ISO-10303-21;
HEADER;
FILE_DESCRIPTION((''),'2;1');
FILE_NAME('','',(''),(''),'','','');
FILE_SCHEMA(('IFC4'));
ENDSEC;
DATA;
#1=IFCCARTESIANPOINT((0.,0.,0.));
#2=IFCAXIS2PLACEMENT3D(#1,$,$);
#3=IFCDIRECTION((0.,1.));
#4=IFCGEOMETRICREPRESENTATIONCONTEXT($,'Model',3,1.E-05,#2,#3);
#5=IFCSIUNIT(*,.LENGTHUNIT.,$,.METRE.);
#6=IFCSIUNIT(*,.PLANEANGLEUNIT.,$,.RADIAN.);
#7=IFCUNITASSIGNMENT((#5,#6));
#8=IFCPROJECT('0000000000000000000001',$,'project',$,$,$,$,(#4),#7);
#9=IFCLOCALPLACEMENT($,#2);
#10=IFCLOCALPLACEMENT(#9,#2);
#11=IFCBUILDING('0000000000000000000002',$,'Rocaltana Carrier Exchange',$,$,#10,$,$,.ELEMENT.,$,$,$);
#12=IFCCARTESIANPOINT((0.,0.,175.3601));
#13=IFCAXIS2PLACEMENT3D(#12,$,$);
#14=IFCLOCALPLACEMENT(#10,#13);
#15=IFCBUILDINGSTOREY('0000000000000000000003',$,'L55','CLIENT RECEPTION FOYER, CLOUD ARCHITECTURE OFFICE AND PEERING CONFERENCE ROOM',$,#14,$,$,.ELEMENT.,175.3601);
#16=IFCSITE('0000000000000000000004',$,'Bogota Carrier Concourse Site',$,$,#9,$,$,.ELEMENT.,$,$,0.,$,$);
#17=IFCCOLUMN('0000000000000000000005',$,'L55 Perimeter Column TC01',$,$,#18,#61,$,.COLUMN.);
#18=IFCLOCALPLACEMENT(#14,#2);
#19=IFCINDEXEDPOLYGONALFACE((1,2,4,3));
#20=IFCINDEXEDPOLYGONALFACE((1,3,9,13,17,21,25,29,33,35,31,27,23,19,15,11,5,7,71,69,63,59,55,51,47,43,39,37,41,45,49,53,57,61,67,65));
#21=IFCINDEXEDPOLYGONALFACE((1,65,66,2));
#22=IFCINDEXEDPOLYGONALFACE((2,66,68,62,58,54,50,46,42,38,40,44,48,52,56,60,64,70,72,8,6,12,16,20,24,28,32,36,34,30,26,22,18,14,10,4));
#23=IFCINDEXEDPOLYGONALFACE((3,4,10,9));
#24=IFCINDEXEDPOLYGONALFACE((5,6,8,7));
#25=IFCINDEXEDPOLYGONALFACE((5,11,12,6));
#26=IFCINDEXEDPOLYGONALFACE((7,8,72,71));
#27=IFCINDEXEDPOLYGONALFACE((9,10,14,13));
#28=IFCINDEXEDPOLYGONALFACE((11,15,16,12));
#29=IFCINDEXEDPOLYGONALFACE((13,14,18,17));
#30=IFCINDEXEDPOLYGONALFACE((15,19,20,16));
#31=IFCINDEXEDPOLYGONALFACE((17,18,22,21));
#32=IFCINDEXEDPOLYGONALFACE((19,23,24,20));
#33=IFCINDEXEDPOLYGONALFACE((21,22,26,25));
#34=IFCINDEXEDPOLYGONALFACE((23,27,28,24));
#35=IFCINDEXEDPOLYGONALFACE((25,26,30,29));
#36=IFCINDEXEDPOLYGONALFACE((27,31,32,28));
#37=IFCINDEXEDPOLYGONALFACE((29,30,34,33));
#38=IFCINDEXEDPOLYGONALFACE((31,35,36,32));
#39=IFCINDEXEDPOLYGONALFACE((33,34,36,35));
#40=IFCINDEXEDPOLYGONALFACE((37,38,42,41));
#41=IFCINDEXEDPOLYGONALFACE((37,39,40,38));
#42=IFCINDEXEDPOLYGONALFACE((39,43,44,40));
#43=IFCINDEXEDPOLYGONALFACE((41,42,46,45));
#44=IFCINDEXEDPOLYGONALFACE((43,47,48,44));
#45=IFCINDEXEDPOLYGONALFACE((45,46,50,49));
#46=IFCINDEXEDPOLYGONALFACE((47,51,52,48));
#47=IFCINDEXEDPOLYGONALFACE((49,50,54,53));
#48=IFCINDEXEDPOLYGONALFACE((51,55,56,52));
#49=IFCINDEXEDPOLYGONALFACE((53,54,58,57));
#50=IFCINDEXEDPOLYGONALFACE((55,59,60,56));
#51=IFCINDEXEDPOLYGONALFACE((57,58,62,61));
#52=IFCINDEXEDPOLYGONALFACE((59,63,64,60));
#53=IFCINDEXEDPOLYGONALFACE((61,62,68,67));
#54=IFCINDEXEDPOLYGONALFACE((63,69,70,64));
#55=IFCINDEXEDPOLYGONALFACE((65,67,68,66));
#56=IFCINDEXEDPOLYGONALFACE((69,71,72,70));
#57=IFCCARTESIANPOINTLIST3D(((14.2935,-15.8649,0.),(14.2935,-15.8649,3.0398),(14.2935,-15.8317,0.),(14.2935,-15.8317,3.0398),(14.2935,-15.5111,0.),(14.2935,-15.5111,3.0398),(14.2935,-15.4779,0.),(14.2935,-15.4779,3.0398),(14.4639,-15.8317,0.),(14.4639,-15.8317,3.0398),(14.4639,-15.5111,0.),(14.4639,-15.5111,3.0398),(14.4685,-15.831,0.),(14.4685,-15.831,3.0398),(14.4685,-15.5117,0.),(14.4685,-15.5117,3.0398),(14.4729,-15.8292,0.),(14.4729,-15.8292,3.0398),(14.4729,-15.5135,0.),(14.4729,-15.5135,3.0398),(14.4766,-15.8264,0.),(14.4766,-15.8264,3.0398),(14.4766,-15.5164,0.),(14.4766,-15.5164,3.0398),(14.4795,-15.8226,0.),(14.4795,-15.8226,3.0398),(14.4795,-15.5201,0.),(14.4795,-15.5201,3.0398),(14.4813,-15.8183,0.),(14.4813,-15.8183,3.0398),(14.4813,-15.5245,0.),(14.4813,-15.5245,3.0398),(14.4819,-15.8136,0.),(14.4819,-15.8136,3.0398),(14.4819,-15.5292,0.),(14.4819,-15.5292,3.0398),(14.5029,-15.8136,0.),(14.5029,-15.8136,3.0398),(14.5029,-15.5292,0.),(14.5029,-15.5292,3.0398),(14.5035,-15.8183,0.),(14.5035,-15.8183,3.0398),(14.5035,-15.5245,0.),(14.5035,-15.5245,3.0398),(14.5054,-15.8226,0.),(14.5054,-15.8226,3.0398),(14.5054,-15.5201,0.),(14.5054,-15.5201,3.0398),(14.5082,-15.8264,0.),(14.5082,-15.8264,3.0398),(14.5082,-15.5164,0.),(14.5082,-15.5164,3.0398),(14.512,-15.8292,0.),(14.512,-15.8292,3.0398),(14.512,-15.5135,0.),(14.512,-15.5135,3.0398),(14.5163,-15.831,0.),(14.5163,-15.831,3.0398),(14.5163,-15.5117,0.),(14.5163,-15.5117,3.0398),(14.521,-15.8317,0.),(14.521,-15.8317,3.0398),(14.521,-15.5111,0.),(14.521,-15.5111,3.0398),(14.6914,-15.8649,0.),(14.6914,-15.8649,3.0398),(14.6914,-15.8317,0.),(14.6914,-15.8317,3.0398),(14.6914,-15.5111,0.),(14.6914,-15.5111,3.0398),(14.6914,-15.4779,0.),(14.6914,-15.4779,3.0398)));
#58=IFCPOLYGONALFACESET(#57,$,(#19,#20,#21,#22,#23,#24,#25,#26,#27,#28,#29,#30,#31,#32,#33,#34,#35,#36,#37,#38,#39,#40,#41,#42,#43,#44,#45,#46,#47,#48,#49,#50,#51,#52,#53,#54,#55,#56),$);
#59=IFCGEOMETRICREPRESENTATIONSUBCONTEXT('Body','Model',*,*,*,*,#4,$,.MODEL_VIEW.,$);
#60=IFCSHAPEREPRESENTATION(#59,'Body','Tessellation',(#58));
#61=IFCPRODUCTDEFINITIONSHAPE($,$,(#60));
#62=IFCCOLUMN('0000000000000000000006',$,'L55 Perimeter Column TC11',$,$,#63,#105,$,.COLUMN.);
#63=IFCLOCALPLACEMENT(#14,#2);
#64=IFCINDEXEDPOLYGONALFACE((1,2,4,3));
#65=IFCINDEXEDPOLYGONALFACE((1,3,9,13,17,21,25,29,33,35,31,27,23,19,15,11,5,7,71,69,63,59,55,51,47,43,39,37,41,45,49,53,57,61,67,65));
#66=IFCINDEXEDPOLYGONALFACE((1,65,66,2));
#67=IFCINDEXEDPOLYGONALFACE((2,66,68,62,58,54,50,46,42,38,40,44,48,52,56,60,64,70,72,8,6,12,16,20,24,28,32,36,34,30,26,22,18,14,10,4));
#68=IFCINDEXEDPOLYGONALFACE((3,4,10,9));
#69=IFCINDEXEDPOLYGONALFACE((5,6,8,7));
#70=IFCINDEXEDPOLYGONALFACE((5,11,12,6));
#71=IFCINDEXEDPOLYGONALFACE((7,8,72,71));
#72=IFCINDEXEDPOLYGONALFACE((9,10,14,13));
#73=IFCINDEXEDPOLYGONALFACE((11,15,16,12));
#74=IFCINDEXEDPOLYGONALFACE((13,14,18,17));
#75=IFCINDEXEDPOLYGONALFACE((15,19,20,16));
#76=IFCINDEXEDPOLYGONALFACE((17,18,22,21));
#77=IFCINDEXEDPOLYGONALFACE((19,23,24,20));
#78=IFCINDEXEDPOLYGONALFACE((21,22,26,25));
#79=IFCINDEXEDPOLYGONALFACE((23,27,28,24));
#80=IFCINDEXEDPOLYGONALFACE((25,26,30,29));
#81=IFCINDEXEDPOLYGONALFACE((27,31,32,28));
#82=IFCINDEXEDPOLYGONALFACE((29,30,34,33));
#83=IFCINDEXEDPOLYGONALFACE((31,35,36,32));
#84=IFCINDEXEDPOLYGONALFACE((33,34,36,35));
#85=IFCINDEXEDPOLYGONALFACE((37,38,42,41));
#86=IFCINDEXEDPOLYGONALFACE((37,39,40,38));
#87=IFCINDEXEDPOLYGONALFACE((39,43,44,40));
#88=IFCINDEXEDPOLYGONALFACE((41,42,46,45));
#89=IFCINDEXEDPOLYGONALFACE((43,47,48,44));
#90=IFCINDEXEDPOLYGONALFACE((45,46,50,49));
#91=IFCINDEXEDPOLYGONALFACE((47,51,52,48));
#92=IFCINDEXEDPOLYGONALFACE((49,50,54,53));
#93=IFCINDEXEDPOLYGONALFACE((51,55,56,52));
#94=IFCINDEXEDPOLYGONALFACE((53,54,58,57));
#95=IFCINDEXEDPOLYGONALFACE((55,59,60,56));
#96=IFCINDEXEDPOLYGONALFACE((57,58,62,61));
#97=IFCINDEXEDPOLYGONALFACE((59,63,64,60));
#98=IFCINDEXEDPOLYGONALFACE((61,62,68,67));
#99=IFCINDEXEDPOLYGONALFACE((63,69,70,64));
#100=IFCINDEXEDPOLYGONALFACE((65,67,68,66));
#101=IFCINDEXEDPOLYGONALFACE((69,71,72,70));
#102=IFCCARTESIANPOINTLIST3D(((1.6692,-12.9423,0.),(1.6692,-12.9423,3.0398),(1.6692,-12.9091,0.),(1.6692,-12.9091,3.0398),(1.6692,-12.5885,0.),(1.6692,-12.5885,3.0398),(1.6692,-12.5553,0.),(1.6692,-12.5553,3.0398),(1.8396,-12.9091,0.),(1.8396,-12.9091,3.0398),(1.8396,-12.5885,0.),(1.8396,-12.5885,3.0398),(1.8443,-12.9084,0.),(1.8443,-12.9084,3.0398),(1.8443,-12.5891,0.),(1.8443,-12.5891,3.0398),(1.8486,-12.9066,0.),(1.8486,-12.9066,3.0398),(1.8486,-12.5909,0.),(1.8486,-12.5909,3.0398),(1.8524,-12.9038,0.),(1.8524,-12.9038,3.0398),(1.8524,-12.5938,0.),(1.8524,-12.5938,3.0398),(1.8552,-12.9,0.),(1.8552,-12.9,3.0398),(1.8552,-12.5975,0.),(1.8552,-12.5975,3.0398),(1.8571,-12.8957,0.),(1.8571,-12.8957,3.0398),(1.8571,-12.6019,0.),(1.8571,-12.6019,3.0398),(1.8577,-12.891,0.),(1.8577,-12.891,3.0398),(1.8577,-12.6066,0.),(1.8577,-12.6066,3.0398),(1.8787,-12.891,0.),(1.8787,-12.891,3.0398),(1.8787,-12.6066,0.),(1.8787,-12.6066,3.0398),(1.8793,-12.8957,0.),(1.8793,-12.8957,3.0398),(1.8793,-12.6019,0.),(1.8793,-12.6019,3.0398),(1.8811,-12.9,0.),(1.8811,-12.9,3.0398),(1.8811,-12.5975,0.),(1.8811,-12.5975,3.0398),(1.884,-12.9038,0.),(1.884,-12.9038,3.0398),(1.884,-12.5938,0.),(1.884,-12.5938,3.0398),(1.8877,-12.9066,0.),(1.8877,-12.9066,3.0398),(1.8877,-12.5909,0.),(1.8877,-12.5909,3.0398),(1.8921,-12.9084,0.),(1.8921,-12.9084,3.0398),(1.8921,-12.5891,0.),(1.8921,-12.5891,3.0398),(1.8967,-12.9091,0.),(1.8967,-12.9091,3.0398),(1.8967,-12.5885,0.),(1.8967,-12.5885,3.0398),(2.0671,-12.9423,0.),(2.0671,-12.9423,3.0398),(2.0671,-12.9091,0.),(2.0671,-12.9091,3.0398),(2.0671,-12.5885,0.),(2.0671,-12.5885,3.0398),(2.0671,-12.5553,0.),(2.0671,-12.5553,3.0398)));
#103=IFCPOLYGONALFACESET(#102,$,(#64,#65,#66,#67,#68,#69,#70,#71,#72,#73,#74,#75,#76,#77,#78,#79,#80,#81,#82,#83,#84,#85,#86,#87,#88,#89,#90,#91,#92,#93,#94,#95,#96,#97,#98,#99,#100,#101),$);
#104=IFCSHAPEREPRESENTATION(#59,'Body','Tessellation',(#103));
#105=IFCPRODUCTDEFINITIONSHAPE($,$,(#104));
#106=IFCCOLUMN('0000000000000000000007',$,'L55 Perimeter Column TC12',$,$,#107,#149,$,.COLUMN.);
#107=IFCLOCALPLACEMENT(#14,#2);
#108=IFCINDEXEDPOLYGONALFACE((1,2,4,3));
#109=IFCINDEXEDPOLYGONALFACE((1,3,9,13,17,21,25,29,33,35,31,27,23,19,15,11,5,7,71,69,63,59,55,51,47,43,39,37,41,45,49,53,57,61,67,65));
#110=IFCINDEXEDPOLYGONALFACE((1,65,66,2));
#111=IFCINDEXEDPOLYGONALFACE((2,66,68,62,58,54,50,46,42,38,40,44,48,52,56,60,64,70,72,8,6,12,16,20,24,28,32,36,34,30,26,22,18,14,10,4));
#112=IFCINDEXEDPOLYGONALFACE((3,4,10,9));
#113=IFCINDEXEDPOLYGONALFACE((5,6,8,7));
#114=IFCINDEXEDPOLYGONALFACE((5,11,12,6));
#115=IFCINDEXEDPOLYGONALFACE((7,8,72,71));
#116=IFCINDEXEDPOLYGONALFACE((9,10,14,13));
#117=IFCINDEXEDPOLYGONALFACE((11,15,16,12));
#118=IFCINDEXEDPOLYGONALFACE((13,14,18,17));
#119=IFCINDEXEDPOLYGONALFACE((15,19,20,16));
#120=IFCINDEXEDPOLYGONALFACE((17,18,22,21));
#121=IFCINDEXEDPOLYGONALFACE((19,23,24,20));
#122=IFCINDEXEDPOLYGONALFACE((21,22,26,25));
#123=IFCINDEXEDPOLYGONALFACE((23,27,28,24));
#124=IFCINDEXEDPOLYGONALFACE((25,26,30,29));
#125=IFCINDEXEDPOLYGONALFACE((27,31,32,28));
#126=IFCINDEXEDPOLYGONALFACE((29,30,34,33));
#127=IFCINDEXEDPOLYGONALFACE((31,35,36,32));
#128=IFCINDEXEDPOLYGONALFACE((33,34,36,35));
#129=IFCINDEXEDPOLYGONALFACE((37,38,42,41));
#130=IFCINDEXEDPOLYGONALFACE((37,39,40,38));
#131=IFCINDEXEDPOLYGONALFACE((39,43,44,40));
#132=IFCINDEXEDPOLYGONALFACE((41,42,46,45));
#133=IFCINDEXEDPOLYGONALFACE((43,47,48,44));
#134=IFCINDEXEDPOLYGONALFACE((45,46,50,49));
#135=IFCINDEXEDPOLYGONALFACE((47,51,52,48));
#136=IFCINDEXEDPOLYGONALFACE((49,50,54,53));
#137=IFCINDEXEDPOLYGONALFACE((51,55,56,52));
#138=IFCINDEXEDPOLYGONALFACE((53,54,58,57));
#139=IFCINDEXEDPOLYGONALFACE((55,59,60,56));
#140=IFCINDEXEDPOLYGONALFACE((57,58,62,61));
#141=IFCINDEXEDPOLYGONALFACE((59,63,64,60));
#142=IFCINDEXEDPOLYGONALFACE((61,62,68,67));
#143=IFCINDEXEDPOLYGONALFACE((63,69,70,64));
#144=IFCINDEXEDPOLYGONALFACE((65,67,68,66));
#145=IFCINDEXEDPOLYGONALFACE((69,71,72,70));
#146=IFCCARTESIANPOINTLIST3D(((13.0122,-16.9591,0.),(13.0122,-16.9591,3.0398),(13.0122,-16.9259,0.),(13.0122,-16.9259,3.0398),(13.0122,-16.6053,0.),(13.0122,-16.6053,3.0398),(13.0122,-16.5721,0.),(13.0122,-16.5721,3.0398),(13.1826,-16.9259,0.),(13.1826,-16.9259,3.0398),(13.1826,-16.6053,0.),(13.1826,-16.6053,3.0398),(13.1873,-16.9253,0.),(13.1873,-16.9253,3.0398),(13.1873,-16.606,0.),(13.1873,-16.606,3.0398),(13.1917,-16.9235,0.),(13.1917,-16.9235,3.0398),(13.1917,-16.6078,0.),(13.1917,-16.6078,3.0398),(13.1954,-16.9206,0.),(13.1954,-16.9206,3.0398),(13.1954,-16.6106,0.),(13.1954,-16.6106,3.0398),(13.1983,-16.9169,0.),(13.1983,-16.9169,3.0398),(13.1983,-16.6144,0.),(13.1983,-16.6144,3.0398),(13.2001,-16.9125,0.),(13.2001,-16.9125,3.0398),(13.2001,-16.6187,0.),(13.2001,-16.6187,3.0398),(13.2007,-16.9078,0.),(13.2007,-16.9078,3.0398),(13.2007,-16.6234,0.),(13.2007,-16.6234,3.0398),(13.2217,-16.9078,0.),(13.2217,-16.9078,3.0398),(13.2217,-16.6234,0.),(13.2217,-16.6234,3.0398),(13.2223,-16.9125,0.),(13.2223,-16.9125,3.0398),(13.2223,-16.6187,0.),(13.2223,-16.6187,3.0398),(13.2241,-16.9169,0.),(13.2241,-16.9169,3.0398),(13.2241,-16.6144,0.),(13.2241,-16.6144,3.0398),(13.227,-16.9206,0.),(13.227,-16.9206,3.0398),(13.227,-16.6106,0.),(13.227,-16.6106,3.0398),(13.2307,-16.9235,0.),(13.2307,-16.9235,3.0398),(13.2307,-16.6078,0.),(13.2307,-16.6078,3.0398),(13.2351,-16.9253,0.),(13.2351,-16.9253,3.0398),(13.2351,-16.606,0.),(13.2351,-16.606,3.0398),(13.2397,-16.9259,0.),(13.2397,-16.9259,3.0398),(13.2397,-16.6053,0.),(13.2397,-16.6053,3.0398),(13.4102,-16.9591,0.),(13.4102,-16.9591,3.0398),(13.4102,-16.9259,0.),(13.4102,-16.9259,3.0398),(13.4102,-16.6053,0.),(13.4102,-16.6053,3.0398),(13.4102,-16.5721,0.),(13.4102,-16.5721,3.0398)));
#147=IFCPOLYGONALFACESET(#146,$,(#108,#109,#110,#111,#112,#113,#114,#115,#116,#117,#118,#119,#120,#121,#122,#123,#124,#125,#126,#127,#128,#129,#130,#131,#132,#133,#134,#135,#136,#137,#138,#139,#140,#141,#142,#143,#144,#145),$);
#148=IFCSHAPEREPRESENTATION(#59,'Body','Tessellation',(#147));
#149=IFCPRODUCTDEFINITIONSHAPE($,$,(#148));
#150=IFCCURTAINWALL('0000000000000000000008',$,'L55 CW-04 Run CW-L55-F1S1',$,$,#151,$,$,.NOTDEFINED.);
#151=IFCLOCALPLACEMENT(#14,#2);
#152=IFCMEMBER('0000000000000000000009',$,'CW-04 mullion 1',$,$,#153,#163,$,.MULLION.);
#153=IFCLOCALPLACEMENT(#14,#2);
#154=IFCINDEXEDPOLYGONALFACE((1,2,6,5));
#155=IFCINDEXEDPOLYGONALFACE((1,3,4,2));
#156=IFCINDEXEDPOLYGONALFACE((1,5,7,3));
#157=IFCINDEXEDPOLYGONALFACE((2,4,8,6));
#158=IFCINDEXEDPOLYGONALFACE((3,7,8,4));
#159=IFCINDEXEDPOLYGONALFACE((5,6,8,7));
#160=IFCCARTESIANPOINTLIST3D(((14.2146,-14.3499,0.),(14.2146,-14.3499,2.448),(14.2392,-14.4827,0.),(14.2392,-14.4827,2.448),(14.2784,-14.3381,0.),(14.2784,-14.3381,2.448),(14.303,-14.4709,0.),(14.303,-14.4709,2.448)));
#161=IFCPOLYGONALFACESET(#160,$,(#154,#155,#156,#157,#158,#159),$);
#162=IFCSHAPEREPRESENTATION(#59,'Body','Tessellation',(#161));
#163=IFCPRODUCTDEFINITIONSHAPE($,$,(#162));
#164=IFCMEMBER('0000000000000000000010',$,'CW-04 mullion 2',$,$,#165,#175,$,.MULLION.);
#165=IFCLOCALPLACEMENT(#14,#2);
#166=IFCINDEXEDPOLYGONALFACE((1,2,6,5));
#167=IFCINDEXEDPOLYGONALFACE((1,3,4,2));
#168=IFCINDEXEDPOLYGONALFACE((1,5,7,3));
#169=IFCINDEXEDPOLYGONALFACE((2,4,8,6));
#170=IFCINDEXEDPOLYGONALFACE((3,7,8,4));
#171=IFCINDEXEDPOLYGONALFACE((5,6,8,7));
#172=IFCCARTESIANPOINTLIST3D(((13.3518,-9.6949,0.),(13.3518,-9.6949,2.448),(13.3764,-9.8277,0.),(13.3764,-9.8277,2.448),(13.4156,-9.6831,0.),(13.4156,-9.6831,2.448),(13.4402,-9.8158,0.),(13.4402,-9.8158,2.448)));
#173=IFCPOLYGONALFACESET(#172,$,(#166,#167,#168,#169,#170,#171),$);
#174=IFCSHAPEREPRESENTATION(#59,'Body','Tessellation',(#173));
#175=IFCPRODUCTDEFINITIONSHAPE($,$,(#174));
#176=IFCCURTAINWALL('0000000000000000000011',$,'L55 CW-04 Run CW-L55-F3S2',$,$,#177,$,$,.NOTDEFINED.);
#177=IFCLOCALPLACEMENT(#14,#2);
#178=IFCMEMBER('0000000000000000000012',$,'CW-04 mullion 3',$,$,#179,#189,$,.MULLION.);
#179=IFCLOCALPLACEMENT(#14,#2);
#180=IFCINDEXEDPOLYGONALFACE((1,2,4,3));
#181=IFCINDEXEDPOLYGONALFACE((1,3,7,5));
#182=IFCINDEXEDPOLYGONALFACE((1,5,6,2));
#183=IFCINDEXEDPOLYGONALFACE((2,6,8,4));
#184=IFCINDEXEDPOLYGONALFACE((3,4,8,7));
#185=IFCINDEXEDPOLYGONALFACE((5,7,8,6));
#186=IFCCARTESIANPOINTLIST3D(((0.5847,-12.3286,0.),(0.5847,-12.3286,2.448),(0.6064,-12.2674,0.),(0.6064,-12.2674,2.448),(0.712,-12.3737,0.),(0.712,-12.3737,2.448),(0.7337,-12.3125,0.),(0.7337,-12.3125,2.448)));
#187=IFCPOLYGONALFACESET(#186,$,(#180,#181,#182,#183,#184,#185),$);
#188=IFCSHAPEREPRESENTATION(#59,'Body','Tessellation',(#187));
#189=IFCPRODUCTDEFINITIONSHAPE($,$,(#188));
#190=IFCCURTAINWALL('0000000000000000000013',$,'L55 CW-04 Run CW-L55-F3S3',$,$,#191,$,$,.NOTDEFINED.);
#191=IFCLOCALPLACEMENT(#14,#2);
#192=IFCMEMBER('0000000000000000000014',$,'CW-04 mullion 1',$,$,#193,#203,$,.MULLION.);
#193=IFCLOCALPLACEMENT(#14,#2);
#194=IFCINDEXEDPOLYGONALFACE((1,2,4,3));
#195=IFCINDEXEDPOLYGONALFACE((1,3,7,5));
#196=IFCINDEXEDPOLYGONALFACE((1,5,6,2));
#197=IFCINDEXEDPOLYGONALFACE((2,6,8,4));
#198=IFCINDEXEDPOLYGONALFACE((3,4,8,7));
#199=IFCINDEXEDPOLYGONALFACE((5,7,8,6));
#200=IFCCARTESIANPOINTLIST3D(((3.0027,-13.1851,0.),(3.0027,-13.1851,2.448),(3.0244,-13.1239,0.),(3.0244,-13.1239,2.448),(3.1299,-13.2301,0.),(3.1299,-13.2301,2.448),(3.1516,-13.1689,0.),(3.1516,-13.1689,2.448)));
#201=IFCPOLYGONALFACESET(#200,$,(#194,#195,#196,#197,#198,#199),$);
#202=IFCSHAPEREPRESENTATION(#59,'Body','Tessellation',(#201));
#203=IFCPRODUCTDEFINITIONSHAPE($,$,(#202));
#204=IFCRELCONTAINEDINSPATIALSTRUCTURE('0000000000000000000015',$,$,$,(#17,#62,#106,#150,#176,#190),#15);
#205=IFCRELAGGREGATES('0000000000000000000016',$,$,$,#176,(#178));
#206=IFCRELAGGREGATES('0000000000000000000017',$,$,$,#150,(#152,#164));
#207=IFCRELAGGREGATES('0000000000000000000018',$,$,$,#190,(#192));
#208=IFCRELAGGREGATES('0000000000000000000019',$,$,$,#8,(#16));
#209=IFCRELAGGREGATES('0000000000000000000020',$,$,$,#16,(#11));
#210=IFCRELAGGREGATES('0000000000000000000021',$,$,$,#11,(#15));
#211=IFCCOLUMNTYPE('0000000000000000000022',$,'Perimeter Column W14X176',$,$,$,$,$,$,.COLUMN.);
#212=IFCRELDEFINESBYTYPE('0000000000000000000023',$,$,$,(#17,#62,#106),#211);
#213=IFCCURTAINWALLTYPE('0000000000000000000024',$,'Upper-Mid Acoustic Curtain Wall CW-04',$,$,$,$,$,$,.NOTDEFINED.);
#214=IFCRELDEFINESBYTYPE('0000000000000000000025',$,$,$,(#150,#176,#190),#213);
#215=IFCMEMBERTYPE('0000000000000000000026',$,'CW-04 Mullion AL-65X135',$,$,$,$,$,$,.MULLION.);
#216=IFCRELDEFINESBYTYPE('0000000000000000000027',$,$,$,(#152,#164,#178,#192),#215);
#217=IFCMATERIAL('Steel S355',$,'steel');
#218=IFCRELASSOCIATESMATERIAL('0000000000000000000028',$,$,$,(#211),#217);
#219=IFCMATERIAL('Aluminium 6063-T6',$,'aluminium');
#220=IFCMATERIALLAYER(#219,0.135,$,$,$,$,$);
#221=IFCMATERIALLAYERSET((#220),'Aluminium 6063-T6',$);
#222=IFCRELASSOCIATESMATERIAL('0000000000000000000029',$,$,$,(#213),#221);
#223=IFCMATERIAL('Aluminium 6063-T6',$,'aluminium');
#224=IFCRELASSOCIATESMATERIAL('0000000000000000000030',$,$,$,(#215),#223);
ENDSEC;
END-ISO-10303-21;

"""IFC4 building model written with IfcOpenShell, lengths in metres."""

from ifc_helpers import new_model, si_unit, direction, frame, origin, origin_2d, place, context, subcontext, project, spatial, rectangle, i_section, extrude, material, layer, layer_set, material_profile, profile_set, type_object, element, aggregate, save


model = new_model("IFC4")

# Units and contexts
model_context = context("Model", 3, precision=1e-05, world=origin(), true_north=direction((0.0, 1.0)))
body_context = subcontext(model_context, "Body", "Model", "MODEL_VIEW")
ifc_project = project(units=[si_unit("LENGTHUNIT", "METRE"), si_unit("PLANEANGLEUNIT", "RADIAN")], contexts=[model_context])

# Site, building, storey
site_placement = place(None, origin())
site = spatial("IfcSite", under=ifc_project, at=site_placement, Name="Bogota Carrier Concourse Site", CompositionType="ELEMENT", RefElevation=0.0)
building_placement = place(site_placement, origin())
building = spatial("IfcBuilding", under=site, at=building_placement, Name="Rocaltana Carrier Exchange", CompositionType="ELEMENT")
storey_placement = place(building_placement, frame((0.0, 0.0, 175.3601)))
storey = spatial("IfcBuildingStorey", under=building, at=storey_placement, Name="L55", Description="CLIENT RECEPTION FOYER, CLOUD ARCHITECTURE OFFICE AND PEERING CONFERENCE ROOM", CompositionType="ELEMENT", Elevation=175.3601)

# Columns
ifc_material_1 = material(Name="Steel S355", Category="steel")
ifc_material_profile_1 = material_profile(ifc_material_1, i_section(OverallWidth=0.3979, OverallDepth=0.387, WebThickness=0.021, FlangeThickness=0.0332, FilletRadius=0.0181, at=origin_2d()), Name="W14X176")
ifc_profile_set_1 = profile_set([ifc_material_profile_1], Name="Steel S355")
column_type = type_object("IfcColumnType", Name="Perimeter Column W14X176", PredefinedType="COLUMN", material=ifc_profile_set_1)
for number, where, z_axis, x_axis, name in (
    (1, (14.4924, -15.6714, 0.0), (0.0, 0.0, 1.0), (1.0, 0.0, 0.0), "L55 Perimeter Column TC01"),
    (2, (1.8682, -12.7488, 0.0), (0.0, 0.0, 1.0), (1.0, 0.0, 0.0), "L55 Perimeter Column TC11"),
    (3, (13.2112, -16.7656, 0.0), (0.0, 0.0, 1.0), (1.0, 0.0, 0.0), "L55 Perimeter Column TC12"),
):
    element("IfcColumn", number, at=place(storey_placement, frame(where, z_axis=z_axis, x_axis=x_axis)), inside=storey, type_object=column_type, Name=name, PredefinedType="COLUMN", context=body_context, shape_type="SweptSolid", body=[
        extrude(i_section(OverallWidth=0.3979, OverallDepth=0.387, WebThickness=0.021, FlangeThickness=0.0332, FilletRadius=0.0181, at=origin_2d()), origin(), (0.0, 0.0, 1.0), 3.0398),
    ])

# Curtain wall, members
ifc_material_2 = material(Name="Aluminium 6063-T6", Category="aluminium")
ifc_layer_1 = layer(ifc_material_2, 0.135)
ifc_layer_set_1 = layer_set([ifc_layer_1], Name="Aluminium 6063-T6")
curtain_wall_type = type_object("IfcCurtainWallType", Name="Upper-Mid Acoustic Curtain Wall CW-04", PredefinedType="NOTDEFINED", material=ifc_layer_set_1)
curtain_wall_1_placement = place(storey_placement, origin())
curtain_wall_1 = element("IfcCurtainWall", 4, at=curtain_wall_1_placement, inside=storey, type_object=curtain_wall_type, Name="L55 CW-04 Run CW-L55-F1S1", PredefinedType="NOTDEFINED")
ifc_material_3 = material(Name="Aluminium 6063-T6", Category="aluminium")
ifc_material_profile_2 = material_profile(ifc_material_3, rectangle(XDim=0.0649, YDim=0.135, at=origin_2d()), Name="AL-65X135")
ifc_profile_set_2 = profile_set([ifc_material_profile_2], Name="Aluminium 6063-T6")
member_type_1 = type_object("IfcMemberType", Name="CW-04 Mullion AL-65X135", PredefinedType="MULLION", material=ifc_profile_set_2)
member_1_placement = place(storey_placement, frame((14.2588, -14.4104, 0.0), z_axis=(0.0, 0.0, 1.0), x_axis=(-0.983255, -0.182234, 0.0)))
member_1 = element("IfcMember", 5, at=member_1_placement, type_object=member_type_1, Name="CW-04 mullion 1", PredefinedType="MULLION", context=body_context, shape_type="SweptSolid", body=[
    extrude(rectangle(XDim=0.0649, YDim=0.135, at=origin_2d()), origin(), (0.0, 0.0, 1.0), 2.448),
])
member_2_placement = place(storey_placement, frame((13.396, -9.7554, 0.0), z_axis=(0.0, 0.0, 1.0), x_axis=(-0.983255, -0.182234, 0.0)))
member_2 = element("IfcMember", 6, at=member_2_placement, type_object=member_type_1, Name="CW-04 mullion 2", PredefinedType="MULLION", context=body_context, shape_type="SweptSolid", body=[
    extrude(rectangle(XDim=0.0649, YDim=0.135, at=origin_2d()), origin(), (0.0, 0.0, 1.0), 2.448),
])

# Curtain wall, member
curtain_wall_2_placement = place(storey_placement, origin())
curtain_wall_2 = element("IfcCurtainWall", 7, at=curtain_wall_2_placement, inside=storey, type_object=curtain_wall_type, Name="L55 CW-04 Run CW-L55-F3S2", PredefinedType="NOTDEFINED")
member_3_placement = place(storey_placement, frame((0.6592, -12.3206, 0.0), z_axis=(0.0, 0.0, 1.0), x_axis=(0.333799, 0.942644, 0.0)))
member_3 = element("IfcMember", 8, at=member_3_placement, type_object=member_type_1, Name="CW-04 mullion 3", PredefinedType="MULLION", context=body_context, shape_type="SweptSolid", body=[
    extrude(rectangle(XDim=0.0649, YDim=0.135, at=origin_2d()), origin(), (0.0, 0.0, 1.0), 2.448),
])
aggregate(curtain_wall_2, [member_3])

# Curtain wall, member
curtain_wall_3_placement = place(storey_placement, origin())
curtain_wall_3 = element("IfcCurtainWall", 9, at=curtain_wall_3_placement, inside=storey, type_object=curtain_wall_type, Name="L55 CW-04 Run CW-L55-F3S3", PredefinedType="NOTDEFINED")
member_4_placement = place(storey_placement, frame((3.0771, -13.177, 0.0), z_axis=(0.0, 0.0, 1.0), x_axis=(0.333799, 0.942644, 0.0)))
member_4 = element("IfcMember", 10, at=member_4_placement, type_object=member_type_1, Name="CW-04 mullion 1", PredefinedType="MULLION", context=body_context, shape_type="SweptSolid", body=[
    extrude(rectangle(XDim=0.0649, YDim=0.135, at=origin_2d()), origin(), (0.0, 0.0, 1.0), 2.448),
])

aggregate(curtain_wall_1, [member_1, member_2])
aggregate(curtain_wall_3, [member_4])

save(model, "model.ifc")
